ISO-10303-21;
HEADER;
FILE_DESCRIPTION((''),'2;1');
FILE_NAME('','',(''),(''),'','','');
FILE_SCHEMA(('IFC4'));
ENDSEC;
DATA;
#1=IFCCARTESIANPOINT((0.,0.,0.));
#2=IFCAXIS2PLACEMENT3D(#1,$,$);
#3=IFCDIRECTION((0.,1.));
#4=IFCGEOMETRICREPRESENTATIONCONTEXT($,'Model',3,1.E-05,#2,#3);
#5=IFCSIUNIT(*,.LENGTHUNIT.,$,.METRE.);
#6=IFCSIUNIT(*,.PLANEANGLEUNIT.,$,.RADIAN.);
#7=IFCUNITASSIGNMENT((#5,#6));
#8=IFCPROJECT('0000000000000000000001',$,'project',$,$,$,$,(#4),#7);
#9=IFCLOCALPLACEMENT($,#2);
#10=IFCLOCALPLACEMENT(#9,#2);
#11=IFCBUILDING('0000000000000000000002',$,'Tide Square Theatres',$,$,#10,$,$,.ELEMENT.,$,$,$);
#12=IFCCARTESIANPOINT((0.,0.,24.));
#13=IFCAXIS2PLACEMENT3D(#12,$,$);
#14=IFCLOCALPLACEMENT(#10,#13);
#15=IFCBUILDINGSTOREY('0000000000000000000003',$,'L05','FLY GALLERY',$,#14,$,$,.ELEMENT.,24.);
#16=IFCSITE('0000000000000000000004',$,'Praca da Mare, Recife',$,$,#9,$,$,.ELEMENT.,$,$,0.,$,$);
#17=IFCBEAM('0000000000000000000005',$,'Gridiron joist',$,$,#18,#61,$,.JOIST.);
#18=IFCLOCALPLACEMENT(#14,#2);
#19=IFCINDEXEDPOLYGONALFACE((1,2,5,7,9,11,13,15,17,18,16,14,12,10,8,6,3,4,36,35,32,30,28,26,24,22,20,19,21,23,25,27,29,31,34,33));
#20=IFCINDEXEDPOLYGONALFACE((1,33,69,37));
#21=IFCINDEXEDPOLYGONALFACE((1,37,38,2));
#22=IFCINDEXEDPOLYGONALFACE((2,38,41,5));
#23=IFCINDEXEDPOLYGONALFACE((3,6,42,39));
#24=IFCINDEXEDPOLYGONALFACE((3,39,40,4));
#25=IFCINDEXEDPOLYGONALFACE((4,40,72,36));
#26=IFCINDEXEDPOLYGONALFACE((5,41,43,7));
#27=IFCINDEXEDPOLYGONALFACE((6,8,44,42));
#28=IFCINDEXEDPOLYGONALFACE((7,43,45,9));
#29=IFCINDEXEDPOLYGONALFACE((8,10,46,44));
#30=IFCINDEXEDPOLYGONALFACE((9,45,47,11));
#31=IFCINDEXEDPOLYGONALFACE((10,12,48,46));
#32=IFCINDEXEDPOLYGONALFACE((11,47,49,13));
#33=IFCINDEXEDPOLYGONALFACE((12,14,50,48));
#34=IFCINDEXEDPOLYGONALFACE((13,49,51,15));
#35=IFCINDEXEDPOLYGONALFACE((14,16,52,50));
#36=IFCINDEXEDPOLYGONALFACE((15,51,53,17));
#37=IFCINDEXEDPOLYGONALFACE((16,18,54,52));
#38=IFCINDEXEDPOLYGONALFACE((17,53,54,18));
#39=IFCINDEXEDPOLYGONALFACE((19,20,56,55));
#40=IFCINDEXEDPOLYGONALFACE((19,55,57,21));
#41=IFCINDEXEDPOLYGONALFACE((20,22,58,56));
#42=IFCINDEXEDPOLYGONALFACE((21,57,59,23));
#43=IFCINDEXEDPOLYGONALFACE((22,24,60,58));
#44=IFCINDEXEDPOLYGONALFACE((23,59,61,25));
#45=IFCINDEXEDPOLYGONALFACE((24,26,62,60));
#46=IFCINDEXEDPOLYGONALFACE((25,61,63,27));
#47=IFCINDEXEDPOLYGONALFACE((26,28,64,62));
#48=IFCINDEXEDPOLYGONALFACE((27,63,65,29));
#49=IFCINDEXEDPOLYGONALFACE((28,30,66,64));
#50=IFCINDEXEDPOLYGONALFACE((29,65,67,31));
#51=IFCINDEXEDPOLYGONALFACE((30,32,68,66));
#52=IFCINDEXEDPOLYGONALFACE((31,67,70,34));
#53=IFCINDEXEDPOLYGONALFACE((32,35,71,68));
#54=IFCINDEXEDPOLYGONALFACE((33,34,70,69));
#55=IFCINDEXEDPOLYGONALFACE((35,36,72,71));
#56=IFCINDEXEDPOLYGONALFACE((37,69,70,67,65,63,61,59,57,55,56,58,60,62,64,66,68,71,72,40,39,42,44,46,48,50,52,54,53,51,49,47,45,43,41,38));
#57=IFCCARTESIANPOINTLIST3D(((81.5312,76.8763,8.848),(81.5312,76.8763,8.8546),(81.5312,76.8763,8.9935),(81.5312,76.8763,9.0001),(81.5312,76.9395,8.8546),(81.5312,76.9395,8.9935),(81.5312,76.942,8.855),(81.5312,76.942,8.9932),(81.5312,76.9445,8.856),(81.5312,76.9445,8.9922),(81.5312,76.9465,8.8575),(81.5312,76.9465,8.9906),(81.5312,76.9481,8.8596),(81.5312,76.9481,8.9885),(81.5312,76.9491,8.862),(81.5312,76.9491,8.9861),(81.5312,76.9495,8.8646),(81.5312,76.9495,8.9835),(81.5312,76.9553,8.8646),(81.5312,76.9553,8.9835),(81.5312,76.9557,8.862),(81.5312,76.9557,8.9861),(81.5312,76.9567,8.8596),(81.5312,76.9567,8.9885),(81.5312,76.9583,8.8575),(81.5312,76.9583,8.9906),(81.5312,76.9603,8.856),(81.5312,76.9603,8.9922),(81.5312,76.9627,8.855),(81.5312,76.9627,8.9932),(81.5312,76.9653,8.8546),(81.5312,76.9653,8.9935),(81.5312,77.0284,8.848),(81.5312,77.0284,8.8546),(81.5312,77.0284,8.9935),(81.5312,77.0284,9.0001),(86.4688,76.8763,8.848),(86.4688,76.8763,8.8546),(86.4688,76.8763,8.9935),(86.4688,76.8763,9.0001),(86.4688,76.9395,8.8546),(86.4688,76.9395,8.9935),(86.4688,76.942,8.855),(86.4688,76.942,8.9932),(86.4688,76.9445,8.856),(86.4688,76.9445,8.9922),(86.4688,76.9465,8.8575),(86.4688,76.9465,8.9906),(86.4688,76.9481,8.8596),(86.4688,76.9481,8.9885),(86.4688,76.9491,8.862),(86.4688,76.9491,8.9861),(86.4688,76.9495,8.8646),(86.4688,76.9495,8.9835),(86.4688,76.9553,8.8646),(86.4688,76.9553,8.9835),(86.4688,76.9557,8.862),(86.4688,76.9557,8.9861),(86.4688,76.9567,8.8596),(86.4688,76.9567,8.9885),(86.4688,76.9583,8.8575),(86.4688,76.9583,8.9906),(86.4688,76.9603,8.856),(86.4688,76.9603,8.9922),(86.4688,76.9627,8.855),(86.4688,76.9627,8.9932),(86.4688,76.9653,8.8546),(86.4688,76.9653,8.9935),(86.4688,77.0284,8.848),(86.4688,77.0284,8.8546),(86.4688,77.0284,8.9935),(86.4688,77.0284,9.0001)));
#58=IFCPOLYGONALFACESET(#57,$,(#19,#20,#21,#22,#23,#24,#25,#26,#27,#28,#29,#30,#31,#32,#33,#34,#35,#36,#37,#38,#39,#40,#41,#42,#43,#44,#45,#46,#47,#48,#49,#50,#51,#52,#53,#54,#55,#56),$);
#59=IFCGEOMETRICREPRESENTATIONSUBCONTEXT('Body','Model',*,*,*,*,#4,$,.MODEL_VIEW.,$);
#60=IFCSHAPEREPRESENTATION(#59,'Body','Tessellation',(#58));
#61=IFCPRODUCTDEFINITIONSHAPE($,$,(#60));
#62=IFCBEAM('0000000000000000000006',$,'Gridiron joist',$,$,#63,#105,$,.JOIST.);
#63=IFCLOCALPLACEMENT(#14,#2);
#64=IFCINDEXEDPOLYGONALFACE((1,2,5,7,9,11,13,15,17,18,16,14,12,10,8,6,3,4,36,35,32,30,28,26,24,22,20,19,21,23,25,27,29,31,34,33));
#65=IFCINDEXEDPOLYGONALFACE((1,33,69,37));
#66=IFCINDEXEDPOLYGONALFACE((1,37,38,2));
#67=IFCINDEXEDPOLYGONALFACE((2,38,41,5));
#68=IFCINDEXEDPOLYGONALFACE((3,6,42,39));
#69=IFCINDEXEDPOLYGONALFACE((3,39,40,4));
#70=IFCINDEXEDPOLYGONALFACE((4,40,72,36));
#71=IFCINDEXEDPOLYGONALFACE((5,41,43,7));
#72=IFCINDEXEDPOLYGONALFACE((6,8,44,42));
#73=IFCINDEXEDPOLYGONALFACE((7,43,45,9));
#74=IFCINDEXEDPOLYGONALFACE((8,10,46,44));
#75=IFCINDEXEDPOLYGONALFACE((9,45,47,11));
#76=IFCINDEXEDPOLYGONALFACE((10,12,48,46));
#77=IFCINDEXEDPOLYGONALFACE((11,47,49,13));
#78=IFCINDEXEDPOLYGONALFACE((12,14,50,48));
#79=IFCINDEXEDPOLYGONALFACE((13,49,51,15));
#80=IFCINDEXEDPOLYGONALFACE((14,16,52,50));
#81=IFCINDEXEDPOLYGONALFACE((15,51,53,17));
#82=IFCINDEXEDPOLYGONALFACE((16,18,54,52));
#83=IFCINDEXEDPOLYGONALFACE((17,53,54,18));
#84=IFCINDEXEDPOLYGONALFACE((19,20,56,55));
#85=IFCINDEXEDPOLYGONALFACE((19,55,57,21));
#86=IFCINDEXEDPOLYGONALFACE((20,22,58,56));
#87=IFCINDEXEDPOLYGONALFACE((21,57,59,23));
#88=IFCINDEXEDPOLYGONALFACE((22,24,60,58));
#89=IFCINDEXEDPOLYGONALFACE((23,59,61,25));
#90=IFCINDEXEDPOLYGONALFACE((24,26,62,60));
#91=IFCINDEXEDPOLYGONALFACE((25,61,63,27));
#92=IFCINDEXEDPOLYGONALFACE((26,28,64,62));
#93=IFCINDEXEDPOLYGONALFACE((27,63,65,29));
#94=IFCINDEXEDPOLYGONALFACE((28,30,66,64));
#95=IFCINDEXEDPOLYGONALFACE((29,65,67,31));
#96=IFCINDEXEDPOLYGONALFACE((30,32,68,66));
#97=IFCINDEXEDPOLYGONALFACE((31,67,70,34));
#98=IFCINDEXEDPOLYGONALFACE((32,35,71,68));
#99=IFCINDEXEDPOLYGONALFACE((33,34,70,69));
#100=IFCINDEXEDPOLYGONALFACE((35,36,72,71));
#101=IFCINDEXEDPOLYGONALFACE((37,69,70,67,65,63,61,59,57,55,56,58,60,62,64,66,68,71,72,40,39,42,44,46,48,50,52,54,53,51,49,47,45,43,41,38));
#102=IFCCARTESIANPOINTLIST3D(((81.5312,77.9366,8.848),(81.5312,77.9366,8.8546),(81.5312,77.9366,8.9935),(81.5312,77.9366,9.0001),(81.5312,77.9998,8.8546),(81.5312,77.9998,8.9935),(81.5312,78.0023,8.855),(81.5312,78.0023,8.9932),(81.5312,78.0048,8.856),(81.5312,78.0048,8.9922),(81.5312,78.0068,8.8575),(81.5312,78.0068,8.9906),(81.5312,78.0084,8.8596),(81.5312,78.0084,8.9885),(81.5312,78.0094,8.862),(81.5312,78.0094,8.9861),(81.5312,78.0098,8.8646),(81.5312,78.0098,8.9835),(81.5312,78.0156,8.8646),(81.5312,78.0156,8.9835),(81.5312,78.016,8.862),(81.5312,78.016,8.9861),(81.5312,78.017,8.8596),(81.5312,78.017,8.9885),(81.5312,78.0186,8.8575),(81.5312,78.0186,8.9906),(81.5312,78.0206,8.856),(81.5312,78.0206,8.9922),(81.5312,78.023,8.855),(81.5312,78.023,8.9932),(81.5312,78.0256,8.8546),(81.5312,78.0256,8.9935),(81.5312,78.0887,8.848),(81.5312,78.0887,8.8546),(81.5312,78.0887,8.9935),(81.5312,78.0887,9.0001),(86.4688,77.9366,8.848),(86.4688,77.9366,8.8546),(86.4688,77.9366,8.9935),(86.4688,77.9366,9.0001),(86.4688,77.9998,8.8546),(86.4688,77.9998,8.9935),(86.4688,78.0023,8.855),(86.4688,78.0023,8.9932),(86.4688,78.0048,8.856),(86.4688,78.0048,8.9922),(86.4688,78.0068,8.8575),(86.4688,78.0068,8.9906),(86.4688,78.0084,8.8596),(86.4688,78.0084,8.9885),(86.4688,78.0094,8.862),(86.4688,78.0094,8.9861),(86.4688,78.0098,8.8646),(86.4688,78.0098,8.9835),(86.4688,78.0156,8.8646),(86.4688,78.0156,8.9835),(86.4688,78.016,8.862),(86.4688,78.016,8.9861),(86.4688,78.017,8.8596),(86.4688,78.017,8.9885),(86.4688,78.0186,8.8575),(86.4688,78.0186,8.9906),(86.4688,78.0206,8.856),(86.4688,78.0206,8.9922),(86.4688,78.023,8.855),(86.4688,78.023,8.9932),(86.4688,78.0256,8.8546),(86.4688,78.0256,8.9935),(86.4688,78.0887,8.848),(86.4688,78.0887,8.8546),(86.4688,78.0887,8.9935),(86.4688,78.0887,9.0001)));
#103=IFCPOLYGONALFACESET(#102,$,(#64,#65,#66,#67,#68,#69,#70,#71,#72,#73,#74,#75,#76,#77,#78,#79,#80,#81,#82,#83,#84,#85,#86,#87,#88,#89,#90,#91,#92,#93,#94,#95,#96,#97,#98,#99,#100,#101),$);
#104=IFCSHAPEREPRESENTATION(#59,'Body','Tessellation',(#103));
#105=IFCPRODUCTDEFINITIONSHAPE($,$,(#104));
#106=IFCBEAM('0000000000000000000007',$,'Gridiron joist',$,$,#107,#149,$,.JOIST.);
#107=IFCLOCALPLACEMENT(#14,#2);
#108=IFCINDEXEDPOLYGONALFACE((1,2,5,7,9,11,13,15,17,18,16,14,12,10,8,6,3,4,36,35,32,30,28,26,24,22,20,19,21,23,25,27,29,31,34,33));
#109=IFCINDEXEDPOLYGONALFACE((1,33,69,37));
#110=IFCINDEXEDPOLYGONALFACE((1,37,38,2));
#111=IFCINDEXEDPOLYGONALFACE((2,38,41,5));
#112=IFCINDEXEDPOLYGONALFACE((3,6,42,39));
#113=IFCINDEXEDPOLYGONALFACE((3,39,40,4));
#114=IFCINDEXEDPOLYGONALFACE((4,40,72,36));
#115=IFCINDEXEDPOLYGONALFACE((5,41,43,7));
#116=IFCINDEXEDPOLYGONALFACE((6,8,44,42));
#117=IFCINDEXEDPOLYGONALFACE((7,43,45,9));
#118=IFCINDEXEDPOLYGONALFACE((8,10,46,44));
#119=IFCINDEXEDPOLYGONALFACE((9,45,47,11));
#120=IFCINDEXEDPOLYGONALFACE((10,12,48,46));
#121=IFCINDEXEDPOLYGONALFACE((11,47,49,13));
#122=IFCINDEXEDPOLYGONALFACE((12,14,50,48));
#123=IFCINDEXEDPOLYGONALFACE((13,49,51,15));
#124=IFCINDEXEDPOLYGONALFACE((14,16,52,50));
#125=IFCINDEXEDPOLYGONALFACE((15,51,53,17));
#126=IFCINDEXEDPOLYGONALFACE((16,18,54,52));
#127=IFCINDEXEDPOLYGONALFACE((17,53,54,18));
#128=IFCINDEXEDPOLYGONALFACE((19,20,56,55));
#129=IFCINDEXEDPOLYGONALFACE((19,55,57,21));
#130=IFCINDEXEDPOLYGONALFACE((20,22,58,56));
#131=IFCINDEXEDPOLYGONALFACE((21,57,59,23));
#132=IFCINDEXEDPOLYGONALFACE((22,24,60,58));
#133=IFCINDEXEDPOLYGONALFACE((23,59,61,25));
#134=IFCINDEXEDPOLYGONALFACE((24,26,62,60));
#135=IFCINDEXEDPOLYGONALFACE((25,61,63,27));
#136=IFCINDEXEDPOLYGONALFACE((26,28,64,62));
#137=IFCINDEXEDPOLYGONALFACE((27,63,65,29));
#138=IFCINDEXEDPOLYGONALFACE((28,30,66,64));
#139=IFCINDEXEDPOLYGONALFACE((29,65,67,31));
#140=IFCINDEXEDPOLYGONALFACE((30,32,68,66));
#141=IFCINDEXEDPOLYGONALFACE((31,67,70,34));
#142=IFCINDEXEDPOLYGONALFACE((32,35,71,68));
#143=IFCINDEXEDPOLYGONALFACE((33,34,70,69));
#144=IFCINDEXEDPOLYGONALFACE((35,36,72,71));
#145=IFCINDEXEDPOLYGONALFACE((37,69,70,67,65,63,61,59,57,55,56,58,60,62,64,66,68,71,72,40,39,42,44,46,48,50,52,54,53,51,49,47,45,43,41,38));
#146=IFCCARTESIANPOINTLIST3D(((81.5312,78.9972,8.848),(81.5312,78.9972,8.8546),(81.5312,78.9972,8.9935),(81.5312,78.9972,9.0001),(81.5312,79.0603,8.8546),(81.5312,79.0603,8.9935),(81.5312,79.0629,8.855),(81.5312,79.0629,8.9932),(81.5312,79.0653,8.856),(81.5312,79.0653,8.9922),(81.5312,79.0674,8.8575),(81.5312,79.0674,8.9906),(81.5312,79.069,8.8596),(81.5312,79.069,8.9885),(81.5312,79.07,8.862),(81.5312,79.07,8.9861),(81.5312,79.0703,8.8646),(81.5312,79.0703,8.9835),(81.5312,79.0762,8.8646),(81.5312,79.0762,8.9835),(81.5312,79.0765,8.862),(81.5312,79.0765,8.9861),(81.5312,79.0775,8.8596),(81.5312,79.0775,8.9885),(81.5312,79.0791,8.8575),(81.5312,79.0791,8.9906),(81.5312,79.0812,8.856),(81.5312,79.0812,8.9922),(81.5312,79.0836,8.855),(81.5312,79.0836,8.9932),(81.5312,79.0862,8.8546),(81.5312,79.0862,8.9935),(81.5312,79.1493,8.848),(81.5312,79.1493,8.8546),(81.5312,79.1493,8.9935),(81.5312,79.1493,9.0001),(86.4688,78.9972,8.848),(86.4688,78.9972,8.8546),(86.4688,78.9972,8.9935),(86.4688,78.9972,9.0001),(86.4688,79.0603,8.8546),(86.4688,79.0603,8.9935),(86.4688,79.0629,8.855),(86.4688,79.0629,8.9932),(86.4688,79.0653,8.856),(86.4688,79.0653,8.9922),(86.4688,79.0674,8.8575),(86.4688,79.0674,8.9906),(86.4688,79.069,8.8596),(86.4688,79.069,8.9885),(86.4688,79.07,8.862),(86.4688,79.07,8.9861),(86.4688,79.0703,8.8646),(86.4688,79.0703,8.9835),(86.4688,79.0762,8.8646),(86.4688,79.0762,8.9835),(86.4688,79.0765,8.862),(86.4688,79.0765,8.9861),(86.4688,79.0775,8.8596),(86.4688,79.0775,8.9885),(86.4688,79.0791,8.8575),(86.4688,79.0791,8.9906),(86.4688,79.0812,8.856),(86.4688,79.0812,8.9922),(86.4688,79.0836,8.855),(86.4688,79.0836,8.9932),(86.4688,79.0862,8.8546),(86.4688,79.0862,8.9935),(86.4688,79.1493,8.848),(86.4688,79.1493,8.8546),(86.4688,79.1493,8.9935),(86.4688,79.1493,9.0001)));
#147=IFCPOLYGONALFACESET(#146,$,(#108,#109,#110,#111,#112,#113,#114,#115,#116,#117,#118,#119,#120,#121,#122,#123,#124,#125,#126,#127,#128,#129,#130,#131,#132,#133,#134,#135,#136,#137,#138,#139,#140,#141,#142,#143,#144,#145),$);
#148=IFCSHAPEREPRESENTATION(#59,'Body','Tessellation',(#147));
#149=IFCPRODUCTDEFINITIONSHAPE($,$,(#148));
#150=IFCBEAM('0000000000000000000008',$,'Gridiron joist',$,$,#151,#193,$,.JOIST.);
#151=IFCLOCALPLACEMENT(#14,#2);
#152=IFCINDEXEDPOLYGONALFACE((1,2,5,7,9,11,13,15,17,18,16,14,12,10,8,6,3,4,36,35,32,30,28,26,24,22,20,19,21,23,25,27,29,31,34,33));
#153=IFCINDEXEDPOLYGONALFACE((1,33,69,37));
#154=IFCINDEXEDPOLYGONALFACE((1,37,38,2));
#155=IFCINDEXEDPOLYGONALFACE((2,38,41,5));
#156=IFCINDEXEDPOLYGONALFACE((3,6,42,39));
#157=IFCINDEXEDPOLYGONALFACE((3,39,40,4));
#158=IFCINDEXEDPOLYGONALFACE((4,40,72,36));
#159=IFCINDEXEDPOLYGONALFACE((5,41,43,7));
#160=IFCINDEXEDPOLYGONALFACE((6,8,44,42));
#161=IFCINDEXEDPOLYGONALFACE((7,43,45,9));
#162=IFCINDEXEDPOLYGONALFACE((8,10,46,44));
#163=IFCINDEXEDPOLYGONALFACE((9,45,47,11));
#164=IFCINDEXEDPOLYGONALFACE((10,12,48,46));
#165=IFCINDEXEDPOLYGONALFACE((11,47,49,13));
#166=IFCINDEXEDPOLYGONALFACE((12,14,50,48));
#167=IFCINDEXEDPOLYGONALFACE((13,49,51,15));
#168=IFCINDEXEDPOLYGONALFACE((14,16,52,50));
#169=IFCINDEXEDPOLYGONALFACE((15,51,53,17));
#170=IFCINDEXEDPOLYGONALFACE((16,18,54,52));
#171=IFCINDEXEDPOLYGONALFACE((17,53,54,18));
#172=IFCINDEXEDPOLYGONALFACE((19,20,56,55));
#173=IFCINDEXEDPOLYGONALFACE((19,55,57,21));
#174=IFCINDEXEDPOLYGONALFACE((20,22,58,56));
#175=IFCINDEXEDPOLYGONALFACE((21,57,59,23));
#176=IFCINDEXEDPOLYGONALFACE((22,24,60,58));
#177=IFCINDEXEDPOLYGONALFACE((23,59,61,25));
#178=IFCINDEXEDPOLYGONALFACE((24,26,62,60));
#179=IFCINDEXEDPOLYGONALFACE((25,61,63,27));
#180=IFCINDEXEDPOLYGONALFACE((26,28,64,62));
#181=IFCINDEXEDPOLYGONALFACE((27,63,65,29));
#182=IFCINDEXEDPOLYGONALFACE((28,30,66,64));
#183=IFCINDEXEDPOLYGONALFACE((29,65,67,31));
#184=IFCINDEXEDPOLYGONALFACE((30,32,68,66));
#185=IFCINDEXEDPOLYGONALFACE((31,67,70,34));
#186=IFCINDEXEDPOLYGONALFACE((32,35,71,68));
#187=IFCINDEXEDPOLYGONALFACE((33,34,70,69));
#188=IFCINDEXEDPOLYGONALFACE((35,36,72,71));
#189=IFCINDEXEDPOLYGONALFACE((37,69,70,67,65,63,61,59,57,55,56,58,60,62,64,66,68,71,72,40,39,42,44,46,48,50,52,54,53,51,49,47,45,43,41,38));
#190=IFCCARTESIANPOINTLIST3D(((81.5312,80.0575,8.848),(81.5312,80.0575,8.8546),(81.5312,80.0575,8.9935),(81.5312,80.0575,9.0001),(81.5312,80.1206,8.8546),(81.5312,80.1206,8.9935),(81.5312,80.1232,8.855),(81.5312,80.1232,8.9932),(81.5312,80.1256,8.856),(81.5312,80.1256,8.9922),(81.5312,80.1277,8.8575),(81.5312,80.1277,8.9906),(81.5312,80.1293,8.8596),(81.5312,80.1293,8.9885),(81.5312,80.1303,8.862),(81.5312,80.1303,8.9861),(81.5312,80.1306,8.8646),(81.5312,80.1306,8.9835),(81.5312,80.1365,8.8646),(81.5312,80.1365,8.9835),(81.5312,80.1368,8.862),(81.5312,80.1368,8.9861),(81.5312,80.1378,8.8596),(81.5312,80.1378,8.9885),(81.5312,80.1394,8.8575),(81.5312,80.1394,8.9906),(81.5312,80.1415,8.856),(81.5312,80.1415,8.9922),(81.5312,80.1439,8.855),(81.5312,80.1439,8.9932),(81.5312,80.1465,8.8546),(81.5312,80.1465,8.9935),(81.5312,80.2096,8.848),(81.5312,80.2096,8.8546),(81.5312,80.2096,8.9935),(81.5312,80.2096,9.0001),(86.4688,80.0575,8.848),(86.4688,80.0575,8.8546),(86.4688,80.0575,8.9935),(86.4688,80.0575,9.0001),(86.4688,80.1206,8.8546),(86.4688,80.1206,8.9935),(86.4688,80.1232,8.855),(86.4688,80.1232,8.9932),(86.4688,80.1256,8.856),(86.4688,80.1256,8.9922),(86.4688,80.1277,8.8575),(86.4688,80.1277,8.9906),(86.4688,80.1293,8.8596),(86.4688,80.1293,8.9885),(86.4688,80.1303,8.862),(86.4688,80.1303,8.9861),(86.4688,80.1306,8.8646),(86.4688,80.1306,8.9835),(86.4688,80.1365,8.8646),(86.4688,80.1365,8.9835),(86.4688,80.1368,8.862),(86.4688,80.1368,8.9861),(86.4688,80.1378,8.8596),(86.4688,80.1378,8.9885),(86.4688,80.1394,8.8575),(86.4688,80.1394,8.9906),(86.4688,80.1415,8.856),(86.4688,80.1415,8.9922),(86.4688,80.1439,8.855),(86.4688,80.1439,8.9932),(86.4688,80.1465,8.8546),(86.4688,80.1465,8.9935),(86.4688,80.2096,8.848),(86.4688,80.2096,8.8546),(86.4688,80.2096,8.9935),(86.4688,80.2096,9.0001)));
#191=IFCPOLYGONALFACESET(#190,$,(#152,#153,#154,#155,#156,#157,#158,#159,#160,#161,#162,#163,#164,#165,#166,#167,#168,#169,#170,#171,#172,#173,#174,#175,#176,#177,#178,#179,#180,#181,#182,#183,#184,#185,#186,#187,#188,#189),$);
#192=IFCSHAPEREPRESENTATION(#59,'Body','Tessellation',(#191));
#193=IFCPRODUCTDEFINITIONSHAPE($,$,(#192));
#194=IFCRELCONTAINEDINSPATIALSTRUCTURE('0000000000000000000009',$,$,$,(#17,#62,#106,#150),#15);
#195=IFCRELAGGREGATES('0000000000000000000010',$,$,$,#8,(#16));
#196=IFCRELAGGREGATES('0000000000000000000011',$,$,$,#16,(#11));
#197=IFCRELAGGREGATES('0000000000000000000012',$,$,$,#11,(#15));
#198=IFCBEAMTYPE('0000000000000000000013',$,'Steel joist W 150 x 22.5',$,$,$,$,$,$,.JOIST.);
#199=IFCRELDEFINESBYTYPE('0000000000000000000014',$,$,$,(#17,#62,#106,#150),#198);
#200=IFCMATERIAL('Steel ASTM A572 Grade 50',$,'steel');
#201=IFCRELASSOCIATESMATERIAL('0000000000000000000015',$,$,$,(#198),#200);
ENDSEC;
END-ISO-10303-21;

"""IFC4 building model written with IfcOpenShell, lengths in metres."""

from ifc_helpers import new_model, si_unit, direction, frame, origin, origin_2d, place, context, subcontext, project, spatial, i_section, extrude, material, material_profile, profile_set, type_object, element, save


model = new_model("IFC4")

# Units and contexts
model_context = context("Model", 3, precision=1e-05, world=origin(), true_north=direction((0.0, 1.0)))
body_context = subcontext(model_context, "Body", "Model", "MODEL_VIEW")
ifc_project = project(units=[si_unit("LENGTHUNIT", "METRE"), si_unit("PLANEANGLEUNIT", "RADIAN")], contexts=[model_context])

# Site, building, storey
site_placement = place(None, origin())
site = spatial("IfcSite", under=ifc_project, at=site_placement, Name="Praca da Mare, Recife", CompositionType="ELEMENT", RefElevation=0.0)
building_placement = place(site_placement, origin())
building = spatial("IfcBuilding", under=site, at=building_placement, Name="Tide Square Theatres", CompositionType="ELEMENT")
storey_placement = place(building_placement, frame((0.0, 0.0, 24.0)))
storey = spatial("IfcBuildingStorey", under=building, at=storey_placement, Name="L05", Description="FLY GALLERY", CompositionType="ELEMENT", Elevation=24.0)

# Beams
ifc_material_1 = material(Name="Steel ASTM A572 Grade 50", Category="steel")
ifc_material_profile_1 = material_profile(ifc_material_1, i_section(OverallWidth=0.1521, OverallDepth=0.1521, WebThickness=0.0059, FlangeThickness=0.0066, FilletRadius=0.01, at=origin_2d()))
ifc_profile_set_1 = profile_set([ifc_material_profile_1], Name="Steel ASTM A572 Grade 50")
beam_type_1 = type_object("IfcBeamType", Name="Steel joist W 150 x 22.5", PredefinedType="JOIST", material=ifc_profile_set_1)
for number, where, z_axis, x_axis, name in (
    (1, (81.5312, 76.9524, 8.9241), (1.0, 0.0, 0.0), (0.0, 1.0, 0.0), "Gridiron joist"),
    (2, (81.5312, 78.0127, 8.9241), (1.0, 0.0, 0.0), (0.0, 1.0, 0.0), "Gridiron joist"),
    (3, (81.5312, 79.0732, 8.9241), (1.0, 0.0, 0.0), (0.0, 1.0, 0.0), "Gridiron joist"),
    (4, (81.5312, 80.1335, 8.9241), (1.0, 0.0, 0.0), (0.0, 1.0, 0.0), "Gridiron joist"),
):
    element("IfcBeam", number, at=place(storey_placement, frame(where, z_axis=z_axis, x_axis=x_axis)), inside=storey, type_object=beam_type_1, Name=name, PredefinedType="JOIST", context=body_context, shape_type="SweptSolid", body=[
        extrude(i_section(OverallWidth=0.1521, OverallDepth=0.1521, WebThickness=0.0059, FlangeThickness=0.0066, FilletRadius=0.01, at=origin_2d()), origin(), (0.0, 0.0, 1.0), 4.9375),
    ])

save(model, "model.ifc")
